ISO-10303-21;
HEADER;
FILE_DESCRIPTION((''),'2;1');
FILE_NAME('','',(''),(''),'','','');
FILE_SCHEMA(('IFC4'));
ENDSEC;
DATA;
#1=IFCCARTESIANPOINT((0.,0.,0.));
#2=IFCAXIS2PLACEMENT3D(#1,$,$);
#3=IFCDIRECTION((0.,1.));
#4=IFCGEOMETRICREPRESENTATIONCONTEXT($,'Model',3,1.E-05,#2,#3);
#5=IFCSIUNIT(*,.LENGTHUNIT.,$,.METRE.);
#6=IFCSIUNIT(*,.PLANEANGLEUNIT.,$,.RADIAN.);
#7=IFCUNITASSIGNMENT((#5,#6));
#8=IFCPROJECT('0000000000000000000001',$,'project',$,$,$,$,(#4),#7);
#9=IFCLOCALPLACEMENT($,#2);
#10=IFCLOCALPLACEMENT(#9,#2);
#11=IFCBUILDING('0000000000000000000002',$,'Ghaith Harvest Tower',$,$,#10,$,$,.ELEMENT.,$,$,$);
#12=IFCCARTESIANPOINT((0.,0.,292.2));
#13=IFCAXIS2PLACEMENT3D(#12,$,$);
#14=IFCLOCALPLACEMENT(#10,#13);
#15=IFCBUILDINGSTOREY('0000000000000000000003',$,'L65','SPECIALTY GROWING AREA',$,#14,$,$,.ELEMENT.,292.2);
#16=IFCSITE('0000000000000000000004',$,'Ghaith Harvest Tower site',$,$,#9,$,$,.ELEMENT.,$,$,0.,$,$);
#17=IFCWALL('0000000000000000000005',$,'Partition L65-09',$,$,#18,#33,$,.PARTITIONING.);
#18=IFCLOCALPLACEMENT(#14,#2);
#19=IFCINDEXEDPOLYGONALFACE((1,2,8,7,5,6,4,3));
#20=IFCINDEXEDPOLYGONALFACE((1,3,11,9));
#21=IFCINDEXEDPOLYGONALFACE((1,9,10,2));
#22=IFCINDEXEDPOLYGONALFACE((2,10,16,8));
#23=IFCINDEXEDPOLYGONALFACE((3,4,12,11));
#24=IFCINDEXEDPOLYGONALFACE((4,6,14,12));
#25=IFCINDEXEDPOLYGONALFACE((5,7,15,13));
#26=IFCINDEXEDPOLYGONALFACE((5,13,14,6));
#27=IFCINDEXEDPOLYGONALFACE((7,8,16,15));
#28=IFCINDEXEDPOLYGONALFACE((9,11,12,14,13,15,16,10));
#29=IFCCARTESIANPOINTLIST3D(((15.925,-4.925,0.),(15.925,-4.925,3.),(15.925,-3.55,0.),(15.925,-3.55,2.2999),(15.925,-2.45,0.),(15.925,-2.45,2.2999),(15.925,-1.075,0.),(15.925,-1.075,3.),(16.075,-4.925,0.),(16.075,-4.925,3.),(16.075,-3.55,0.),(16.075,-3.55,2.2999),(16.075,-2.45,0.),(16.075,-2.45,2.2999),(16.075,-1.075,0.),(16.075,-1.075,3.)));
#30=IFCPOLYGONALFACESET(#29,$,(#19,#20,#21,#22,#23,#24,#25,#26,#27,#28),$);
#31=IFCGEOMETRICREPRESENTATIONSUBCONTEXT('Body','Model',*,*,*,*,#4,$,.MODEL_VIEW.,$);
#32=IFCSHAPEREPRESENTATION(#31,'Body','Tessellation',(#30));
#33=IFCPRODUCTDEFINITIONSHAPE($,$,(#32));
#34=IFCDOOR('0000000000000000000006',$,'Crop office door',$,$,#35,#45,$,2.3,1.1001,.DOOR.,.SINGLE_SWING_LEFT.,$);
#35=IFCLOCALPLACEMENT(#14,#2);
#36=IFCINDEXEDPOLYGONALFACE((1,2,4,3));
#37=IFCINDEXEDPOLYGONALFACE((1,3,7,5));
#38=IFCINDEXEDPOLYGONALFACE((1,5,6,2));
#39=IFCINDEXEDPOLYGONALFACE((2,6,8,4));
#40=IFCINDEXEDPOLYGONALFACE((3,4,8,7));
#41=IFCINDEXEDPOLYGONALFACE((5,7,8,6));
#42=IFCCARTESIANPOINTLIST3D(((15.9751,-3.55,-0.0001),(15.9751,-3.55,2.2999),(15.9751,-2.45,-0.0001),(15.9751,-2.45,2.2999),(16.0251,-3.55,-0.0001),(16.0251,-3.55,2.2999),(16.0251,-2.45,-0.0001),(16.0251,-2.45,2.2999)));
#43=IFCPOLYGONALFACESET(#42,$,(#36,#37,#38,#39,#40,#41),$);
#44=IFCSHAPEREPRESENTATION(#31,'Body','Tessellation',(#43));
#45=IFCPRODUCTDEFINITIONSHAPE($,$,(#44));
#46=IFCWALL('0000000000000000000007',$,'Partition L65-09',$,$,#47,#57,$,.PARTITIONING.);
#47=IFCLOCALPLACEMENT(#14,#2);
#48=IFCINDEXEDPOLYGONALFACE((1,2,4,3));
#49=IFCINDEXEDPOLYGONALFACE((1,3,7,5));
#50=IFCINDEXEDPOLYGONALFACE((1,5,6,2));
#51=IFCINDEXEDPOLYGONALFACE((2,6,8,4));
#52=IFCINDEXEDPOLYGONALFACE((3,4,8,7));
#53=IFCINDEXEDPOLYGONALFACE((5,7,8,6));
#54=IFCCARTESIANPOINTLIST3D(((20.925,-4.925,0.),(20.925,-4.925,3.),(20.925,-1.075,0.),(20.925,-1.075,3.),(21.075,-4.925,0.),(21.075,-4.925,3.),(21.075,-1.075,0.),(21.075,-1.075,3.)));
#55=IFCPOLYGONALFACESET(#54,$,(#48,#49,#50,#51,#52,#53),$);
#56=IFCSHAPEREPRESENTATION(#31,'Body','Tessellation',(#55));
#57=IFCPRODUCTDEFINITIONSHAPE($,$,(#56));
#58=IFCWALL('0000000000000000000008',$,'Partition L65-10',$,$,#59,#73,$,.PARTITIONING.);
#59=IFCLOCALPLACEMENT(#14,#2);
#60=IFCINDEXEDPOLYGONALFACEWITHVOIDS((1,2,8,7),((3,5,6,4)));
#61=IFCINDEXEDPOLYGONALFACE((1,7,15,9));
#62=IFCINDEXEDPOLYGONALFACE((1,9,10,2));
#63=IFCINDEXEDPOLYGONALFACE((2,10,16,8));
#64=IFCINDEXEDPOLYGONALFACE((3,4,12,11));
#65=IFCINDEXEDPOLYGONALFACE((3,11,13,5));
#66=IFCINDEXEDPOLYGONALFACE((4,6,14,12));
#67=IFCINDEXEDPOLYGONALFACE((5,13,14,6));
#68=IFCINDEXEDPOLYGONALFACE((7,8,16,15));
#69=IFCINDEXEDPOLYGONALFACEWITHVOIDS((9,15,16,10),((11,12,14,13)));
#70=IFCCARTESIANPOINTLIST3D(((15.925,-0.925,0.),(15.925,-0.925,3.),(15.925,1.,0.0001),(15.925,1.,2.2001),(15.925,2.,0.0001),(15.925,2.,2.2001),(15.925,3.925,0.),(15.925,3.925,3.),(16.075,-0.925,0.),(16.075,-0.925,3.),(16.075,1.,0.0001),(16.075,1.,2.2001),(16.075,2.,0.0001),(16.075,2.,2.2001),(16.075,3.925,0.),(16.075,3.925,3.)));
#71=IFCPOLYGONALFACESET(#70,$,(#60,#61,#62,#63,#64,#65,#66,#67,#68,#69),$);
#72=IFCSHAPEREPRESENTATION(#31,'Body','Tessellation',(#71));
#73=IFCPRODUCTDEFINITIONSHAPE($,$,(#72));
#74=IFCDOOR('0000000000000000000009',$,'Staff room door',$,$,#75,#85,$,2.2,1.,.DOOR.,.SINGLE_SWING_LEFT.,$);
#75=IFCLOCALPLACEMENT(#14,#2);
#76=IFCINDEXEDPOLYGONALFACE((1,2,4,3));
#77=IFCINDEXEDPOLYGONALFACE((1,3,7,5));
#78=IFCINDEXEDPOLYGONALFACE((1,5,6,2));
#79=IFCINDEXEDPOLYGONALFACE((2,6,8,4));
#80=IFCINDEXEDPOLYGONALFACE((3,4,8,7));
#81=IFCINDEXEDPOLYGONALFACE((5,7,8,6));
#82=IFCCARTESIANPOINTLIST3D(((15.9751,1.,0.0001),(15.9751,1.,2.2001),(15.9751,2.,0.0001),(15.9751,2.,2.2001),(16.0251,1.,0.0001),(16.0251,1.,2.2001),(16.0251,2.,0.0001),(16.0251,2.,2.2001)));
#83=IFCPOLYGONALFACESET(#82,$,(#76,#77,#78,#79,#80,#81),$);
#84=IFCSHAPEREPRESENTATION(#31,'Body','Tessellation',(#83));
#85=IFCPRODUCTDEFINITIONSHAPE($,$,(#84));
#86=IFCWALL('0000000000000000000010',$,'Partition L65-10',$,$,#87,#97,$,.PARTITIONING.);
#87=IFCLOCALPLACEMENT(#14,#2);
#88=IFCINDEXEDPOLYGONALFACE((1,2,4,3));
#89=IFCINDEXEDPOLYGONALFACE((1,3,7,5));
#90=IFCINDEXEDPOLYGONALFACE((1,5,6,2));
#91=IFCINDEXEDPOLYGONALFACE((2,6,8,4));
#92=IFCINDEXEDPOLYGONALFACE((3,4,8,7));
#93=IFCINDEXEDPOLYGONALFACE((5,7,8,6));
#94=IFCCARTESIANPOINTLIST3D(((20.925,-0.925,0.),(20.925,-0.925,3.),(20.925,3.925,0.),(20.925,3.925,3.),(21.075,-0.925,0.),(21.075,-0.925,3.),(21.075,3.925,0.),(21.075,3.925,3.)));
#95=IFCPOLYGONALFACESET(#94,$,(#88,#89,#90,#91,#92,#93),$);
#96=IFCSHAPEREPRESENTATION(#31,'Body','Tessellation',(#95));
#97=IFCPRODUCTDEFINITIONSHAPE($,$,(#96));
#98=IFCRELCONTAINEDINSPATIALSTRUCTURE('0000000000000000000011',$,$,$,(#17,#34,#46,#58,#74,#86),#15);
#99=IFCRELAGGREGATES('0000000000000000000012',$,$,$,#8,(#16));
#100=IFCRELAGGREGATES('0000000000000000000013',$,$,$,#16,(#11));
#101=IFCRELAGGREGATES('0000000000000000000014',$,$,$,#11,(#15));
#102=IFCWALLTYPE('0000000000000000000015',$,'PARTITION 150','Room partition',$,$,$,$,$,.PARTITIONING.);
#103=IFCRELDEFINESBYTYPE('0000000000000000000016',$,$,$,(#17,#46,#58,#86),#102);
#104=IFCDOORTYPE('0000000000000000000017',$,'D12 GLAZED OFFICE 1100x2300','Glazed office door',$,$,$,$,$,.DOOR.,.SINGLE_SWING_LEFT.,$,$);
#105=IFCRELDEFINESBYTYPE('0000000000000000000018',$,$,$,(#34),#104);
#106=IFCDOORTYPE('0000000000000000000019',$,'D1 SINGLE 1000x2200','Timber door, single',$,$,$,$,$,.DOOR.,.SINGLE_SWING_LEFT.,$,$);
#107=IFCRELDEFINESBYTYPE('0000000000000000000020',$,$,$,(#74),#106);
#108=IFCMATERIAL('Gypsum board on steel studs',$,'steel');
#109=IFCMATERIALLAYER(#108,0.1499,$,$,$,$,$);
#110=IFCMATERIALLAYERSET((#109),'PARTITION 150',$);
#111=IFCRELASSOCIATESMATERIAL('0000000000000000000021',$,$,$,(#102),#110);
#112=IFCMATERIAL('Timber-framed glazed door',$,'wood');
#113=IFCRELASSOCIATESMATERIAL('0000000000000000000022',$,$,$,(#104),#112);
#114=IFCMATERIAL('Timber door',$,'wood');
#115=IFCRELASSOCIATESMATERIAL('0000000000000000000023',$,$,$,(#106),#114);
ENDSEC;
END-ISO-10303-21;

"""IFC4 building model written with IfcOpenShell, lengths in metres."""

from ifc_helpers import new_model, si_unit, direction, frame, frame_2d, origin, place, context, subcontext, project, spatial, rectangle, extrude, material, layer, layer_set, type_object, element, fill, save


model = new_model("IFC4")

# Units and contexts
model_context = context("Model", 3, precision=1e-05, world=origin(), true_north=direction((0.0, 1.0)))
body_context = subcontext(model_context, "Body", "Model", "MODEL_VIEW")
ifc_project = project(units=[si_unit("LENGTHUNIT", "METRE"), si_unit("PLANEANGLEUNIT", "RADIAN")], contexts=[model_context])

# Site, building, storey
site_placement = place(None, origin())
site = spatial("IfcSite", under=ifc_project, at=site_placement, Name="Ghaith Harvest Tower site", CompositionType="ELEMENT", RefElevation=0.0)
building_placement = place(site_placement, origin())
building = spatial("IfcBuilding", under=site, at=building_placement, Name="Ghaith Harvest Tower", CompositionType="ELEMENT")
storey_placement = place(building_placement, frame((0.0, 0.0, 292.2)))
storey = spatial("IfcBuildingStorey", under=building, at=storey_placement, Name="L65", Description="SPECIALTY GROWING AREA", CompositionType="ELEMENT", Elevation=292.2)

# Shared definitions
ifc_material_1 = material(Name="Gypsum board on steel studs", Category="steel")
ifc_layer_1 = layer(ifc_material_1, 0.1499)
ifc_layer_set_1 = layer_set([ifc_layer_1], Name="PARTITION 150")
wall_type = type_object("IfcWallType", Name="PARTITION 150", Description="Room partition", PredefinedType="PARTITIONING", material=ifc_layer_set_1)

# Wall, opening, door
wall_1_placement = place(storey_placement, frame((16.0, -4.925, 0.0), z_axis=(0.0, 0.0, 1.0), x_axis=(0.0, 1.0, 0.0)))
wall_1 = element("IfcWall", 1, at=wall_1_placement, inside=storey, type_object=wall_type, Name="Partition L65-09", PredefinedType="PARTITIONING", context=body_context, shape_type="SweptSolid", body=[
    extrude(rectangle(XDim=3.8501, YDim=0.1499, at=frame_2d((1.925, 0.0))), origin(), (0.0, 0.0, 1.0), 3.0),
])
opening_1_placement = place(wall_1_placement, frame((1.375, 0.0, 0.0)))
opening_1 = element("IfcOpeningElement", 2, at=opening_1_placement, cuts=wall_1, PredefinedType="OPENING", context=body_context, shape_type="SweptSolid", body=[
    extrude(rectangle(XDim=1.1001, YDim=2.3, at=frame_2d((0.55, 1.1499))), frame((0.0, 0.085, 0.0), z_axis=(0.0, -1.0, 0.0), x_axis=(1.0, 0.0, 0.0)), (0.0, 0.0, 1.0), 0.1699),
])
ifc_material_2 = material(Name="Timber-framed glazed door", Category="wood")
door_type_1 = type_object("IfcDoorType", Name="D12 GLAZED OFFICE 1100x2300", Description="Glazed office door", OperationType="SINGLE_SWING_LEFT", PredefinedType="DOOR", material=ifc_material_2)
door_1_placement = place(opening_1_placement, origin())
door_1 = element("IfcDoor", 3, at=door_1_placement, inside=storey, type_object=door_type_1, Name="Crop office door", OperationType="SINGLE_SWING_LEFT", OverallHeight=2.3, OverallWidth=1.1001, PredefinedType="DOOR", context=body_context, shape_type="SweptSolid", body=[
    extrude(rectangle(XDim=1.1001, YDim=2.3, at=frame_2d((0.55, 1.1499))), frame((0.0, 0.0249, 0.0), z_axis=(0.0, -1.0, 0.0), x_axis=(1.0, 0.0, 0.0)), (0.0, 0.0, 1.0), 0.05),
])
fill(opening_1, door_1)

# Wall
wall_2_placement = place(storey_placement, frame((21.0, -4.925, 0.0), z_axis=(0.0, 0.0, 1.0), x_axis=(0.0, 1.0, 0.0)))
element("IfcWall", 4, at=wall_2_placement, inside=storey, type_object=wall_type, Name="Partition L65-09", PredefinedType="PARTITIONING", context=body_context, shape_type="SweptSolid", body=[
    extrude(rectangle(XDim=3.8501, YDim=0.1499, at=frame_2d((1.925, 0.0))), origin(), (0.0, 0.0, 1.0), 3.0),
])

# Wall, opening, door
wall_3_placement = place(storey_placement, frame((16.0, -0.925, 0.0), z_axis=(0.0, 0.0, 1.0), x_axis=(0.0, 1.0, 0.0)))
wall_3 = element("IfcWall", 5, at=wall_3_placement, inside=storey, type_object=wall_type, Name="Partition L65-10", PredefinedType="PARTITIONING", context=body_context, shape_type="SweptSolid", body=[
    extrude(rectangle(XDim=4.8501, YDim=0.1499, at=frame_2d((2.425, 0.0))), origin(), (0.0, 0.0, 1.0), 3.0),
])
opening_2_placement = place(wall_3_placement, frame((1.925, 0.0, 0.0)))
opening_2 = element("IfcOpeningElement", 6, at=opening_2_placement, cuts=wall_3, PredefinedType="OPENING", context=body_context, shape_type="SweptSolid", body=[
    extrude(rectangle(XDim=1.0, YDim=2.2, at=frame_2d((0.5, 1.1001))), frame((0.0, 0.085, 0.0), z_axis=(0.0, -1.0, 0.0), x_axis=(1.0, 0.0, 0.0)), (0.0, 0.0, 1.0), 0.1699),
])
ifc_material_3 = material(Name="Timber door", Category="wood")
door_type_2 = type_object("IfcDoorType", Name="D1 SINGLE 1000x2200", Description="Timber door, single", OperationType="SINGLE_SWING_LEFT", PredefinedType="DOOR", material=ifc_material_3)
door_2_placement = place(opening_2_placement, origin())
door_2 = element("IfcDoor", 7, at=door_2_placement, inside=storey, type_object=door_type_2, Name="Staff room door", OperationType="SINGLE_SWING_LEFT", OverallHeight=2.2, OverallWidth=1.0, PredefinedType="DOOR", context=body_context, shape_type="SweptSolid", body=[
    extrude(rectangle(XDim=1.0, YDim=2.2, at=frame_2d((0.5, 1.1001))), frame((0.0, 0.0249, 0.0), z_axis=(0.0, -1.0, 0.0), x_axis=(1.0, 0.0, 0.0)), (0.0, 0.0, 1.0), 0.05),
])
fill(opening_2, door_2)

# Wall
wall_4_placement = place(storey_placement, frame((21.0, -0.925, 0.0), z_axis=(0.0, 0.0, 1.0), x_axis=(0.0, 1.0, 0.0)))
element("IfcWall", 8, at=wall_4_placement, inside=storey, type_object=wall_type, Name="Partition L65-10", PredefinedType="PARTITIONING", context=body_context, shape_type="SweptSolid", body=[
    extrude(rectangle(XDim=4.8501, YDim=0.1499, at=frame_2d((2.425, 0.0))), origin(), (0.0, 0.0, 1.0), 3.0),
])

save(model, "model.ifc")
